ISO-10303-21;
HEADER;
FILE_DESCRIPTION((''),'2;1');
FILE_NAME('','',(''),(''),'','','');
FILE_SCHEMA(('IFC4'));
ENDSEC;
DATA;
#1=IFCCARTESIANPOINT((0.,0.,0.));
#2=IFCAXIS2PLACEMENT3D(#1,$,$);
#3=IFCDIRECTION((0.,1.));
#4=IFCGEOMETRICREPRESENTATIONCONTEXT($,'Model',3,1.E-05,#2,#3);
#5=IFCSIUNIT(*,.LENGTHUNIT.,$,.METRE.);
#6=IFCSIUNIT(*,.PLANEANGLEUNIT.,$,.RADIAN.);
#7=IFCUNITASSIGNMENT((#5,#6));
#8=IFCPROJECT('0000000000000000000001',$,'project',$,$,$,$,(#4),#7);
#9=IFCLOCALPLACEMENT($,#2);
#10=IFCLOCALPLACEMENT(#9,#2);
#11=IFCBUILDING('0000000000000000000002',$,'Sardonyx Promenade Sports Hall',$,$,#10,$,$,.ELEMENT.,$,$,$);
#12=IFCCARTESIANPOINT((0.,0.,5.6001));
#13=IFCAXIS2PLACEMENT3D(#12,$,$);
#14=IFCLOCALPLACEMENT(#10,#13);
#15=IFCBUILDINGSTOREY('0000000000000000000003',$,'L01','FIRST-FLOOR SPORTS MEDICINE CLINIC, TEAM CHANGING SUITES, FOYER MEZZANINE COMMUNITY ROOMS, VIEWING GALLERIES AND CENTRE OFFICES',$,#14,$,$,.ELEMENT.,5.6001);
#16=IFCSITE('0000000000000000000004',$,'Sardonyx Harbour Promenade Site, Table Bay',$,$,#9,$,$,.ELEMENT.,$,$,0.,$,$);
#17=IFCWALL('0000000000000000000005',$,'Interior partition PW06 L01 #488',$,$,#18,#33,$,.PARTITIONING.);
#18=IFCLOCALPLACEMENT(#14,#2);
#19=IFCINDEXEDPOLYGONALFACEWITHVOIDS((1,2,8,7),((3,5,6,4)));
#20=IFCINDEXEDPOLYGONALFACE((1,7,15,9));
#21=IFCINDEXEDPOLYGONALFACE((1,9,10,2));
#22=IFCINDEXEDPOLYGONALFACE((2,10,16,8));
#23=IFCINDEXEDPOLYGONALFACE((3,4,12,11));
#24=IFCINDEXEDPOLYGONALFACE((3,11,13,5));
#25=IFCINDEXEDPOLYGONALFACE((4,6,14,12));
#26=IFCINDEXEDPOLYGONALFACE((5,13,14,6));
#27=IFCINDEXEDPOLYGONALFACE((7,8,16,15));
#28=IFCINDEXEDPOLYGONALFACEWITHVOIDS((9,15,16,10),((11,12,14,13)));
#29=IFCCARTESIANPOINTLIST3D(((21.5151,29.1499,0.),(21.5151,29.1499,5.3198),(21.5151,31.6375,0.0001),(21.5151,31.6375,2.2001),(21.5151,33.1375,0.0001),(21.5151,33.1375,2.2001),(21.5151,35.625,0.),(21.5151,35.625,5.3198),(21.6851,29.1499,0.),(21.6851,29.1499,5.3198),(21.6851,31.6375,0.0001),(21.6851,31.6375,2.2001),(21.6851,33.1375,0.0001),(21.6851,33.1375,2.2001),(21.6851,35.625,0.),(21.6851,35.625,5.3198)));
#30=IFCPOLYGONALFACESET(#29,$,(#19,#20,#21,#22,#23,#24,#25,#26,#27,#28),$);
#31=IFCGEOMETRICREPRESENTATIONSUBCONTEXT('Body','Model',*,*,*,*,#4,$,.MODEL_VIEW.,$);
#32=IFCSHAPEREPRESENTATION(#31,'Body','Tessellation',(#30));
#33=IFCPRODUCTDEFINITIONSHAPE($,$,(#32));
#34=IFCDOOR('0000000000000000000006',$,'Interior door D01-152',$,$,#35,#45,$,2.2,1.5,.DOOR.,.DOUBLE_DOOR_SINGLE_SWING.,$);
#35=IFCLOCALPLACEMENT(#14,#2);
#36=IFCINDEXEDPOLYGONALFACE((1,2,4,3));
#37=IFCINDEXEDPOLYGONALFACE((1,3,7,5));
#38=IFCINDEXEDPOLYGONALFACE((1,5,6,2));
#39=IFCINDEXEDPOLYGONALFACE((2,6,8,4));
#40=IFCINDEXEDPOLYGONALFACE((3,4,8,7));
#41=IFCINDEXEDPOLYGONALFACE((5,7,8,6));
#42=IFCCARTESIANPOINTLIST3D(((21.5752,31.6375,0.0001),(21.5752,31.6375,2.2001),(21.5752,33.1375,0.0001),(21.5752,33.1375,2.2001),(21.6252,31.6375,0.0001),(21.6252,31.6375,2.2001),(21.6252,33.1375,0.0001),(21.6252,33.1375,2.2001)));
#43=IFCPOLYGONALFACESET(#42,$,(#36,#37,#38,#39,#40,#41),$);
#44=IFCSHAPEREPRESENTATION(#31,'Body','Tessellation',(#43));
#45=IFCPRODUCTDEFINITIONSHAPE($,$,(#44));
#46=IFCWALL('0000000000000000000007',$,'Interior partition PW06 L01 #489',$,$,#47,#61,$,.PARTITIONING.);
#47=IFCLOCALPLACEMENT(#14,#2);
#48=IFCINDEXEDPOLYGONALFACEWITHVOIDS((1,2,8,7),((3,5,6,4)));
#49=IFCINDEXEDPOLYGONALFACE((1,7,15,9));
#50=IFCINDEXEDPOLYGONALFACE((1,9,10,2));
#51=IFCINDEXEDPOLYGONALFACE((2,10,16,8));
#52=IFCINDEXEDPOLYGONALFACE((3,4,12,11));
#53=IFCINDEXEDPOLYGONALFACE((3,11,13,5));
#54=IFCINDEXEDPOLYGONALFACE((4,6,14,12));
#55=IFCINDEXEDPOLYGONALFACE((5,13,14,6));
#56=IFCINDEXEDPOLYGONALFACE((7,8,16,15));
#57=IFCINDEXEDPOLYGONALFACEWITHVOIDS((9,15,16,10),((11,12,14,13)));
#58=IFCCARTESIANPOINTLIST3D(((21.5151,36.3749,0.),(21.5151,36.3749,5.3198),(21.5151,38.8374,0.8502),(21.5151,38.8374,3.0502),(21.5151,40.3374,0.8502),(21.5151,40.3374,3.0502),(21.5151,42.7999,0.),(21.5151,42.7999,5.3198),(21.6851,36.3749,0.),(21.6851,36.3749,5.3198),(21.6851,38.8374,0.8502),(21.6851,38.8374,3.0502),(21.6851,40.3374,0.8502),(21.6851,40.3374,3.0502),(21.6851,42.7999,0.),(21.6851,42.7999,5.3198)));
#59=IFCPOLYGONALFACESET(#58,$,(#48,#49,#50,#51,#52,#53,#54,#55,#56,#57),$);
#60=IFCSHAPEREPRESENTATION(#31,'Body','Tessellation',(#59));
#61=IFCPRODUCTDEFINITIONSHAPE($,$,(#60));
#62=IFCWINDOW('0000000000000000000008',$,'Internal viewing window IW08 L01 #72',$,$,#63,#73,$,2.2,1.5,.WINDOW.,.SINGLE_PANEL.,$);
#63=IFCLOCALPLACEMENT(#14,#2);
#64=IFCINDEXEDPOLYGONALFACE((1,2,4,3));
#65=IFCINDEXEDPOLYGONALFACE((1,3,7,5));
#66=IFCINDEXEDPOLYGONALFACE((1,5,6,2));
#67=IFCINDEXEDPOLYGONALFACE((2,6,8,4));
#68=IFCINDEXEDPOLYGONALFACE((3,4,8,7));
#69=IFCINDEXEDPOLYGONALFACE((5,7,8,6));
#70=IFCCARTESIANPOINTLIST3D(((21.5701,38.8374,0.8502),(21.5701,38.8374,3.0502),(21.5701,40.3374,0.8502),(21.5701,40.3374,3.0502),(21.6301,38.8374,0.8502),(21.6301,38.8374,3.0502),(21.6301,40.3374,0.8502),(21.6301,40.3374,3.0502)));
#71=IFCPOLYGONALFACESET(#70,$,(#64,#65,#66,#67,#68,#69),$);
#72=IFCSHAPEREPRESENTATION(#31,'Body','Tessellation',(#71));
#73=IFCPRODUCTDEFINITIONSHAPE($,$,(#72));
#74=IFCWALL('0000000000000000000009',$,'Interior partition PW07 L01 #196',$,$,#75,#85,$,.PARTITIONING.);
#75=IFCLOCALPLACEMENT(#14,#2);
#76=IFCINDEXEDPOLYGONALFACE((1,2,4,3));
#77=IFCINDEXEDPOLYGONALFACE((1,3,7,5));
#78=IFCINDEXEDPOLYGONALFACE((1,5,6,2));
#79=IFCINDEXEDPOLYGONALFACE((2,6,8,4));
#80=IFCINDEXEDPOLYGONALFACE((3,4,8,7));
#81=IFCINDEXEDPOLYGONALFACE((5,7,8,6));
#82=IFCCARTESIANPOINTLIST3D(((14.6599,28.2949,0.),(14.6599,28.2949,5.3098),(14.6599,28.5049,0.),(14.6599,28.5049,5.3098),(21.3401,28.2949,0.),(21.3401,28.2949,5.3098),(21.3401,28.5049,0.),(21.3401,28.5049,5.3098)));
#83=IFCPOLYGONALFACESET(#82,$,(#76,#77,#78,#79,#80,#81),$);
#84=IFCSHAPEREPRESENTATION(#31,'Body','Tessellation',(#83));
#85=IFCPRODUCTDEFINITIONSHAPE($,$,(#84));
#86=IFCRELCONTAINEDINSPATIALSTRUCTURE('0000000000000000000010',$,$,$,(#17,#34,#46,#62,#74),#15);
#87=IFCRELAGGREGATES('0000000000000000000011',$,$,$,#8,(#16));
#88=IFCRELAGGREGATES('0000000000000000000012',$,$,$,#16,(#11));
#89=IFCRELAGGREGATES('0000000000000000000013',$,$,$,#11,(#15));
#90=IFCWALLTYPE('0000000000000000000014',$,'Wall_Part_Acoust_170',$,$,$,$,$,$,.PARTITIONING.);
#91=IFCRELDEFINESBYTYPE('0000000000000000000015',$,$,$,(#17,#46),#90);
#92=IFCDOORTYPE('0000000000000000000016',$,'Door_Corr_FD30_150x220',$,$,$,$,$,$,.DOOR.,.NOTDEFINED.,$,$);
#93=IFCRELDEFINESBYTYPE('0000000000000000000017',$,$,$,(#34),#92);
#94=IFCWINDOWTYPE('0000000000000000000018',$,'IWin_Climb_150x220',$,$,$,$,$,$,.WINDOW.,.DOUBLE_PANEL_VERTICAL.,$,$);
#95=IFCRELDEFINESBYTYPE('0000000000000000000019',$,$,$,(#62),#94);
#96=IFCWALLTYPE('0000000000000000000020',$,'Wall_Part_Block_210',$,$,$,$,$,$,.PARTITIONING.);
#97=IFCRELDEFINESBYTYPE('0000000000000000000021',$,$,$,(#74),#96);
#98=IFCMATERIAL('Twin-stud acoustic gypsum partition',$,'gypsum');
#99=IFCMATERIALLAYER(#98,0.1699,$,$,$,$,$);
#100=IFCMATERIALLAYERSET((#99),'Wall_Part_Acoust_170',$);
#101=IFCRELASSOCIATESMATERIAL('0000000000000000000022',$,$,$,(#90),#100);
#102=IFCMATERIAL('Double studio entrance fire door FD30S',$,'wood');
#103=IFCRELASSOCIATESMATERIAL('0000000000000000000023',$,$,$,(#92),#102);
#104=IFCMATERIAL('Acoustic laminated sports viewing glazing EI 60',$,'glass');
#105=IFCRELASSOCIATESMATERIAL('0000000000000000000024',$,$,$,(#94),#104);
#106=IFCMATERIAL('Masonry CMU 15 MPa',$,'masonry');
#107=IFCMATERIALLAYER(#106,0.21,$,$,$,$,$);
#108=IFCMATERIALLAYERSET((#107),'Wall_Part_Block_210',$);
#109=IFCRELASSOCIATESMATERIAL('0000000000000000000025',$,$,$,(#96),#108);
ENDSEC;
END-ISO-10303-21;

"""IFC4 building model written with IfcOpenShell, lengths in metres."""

from ifc_helpers import new_model, si_unit, direction, frame, frame_2d, origin, place, context, subcontext, project, spatial, rectangle, extrude, material, layer, layer_set, type_object, element, fill, save


model = new_model("IFC4")

# Units and contexts
model_context = context("Model", 3, precision=1e-05, world=origin(), true_north=direction((0.0, 1.0)))
body_context = subcontext(model_context, "Body", "Model", "MODEL_VIEW")
ifc_project = project(units=[si_unit("LENGTHUNIT", "METRE"), si_unit("PLANEANGLEUNIT", "RADIAN")], contexts=[model_context])

# Site, building, storey
site_placement = place(None, origin())
site = spatial("IfcSite", under=ifc_project, at=site_placement, Name="Sardonyx Harbour Promenade Site, Table Bay", CompositionType="ELEMENT", RefElevation=0.0)
building_placement = place(site_placement, origin())
building = spatial("IfcBuilding", under=site, at=building_placement, Name="Sardonyx Promenade Sports Hall", CompositionType="ELEMENT")
storey_placement = place(building_placement, frame((0.0, 0.0, 5.6001)))
storey = spatial("IfcBuildingStorey", under=building, at=storey_placement, Name="L01", Description="FIRST-FLOOR SPORTS MEDICINE CLINIC, TEAM CHANGING SUITES, FOYER MEZZANINE COMMUNITY ROOMS, VIEWING GALLERIES AND CENTRE OFFICES", CompositionType="ELEMENT", Elevation=5.6001)

# Wall, opening, door
ifc_material_1 = material(Name="Twin-stud acoustic gypsum partition", Category="gypsum")
ifc_layer_1 = layer(ifc_material_1, 0.1699)
ifc_layer_set_1 = layer_set([ifc_layer_1], Name="Wall_Part_Acoust_170")
wall_type_1 = type_object("IfcWallType", Name="Wall_Part_Acoust_170", PredefinedType="PARTITIONING", material=ifc_layer_set_1)
wall_1_placement = place(storey_placement, frame((21.6001, 29.1499, 0.0), z_axis=(0.0, 0.0, 1.0), x_axis=(0.0, 1.0, 0.0)))
wall_1 = element("IfcWall", 1, at=wall_1_placement, inside=storey, type_object=wall_type_1, Name="Interior partition PW06 L01 #488", PredefinedType="PARTITIONING", context=body_context, shape_type="SweptSolid", body=[
    extrude(rectangle(XDim=6.4751, YDim=0.1699, at=frame_2d((3.2375, 0.0))), origin(), (0.0, 0.0, 1.0), 5.3198),
])
opening_1_placement = place(wall_1_placement, frame((2.4875, 0.0, 0.0)))
opening_1 = element("IfcOpeningElement", 2, at=opening_1_placement, cuts=wall_1, PredefinedType="OPENING", context=body_context, shape_type="SweptSolid", body=[
    extrude(rectangle(XDim=1.5, YDim=2.2, at=frame_2d((0.75, 1.1001))), frame((0.0, 0.095, 0.0), z_axis=(0.0, -1.0, 0.0), x_axis=(1.0, 0.0, 0.0)), (0.0, 0.0, 1.0), 0.19),
])
ifc_material_2 = material(Name="Double studio entrance fire door FD30S", Category="wood")
door_type = type_object("IfcDoorType", Name="Door_Corr_FD30_150x220", OperationType="NOTDEFINED", PredefinedType="DOOR", material=ifc_material_2)
door_placement = place(opening_1_placement, origin())
door = element("IfcDoor", 3, at=door_placement, inside=storey, type_object=door_type, Name="Interior door D01-152", OperationType="DOUBLE_DOOR_SINGLE_SWING", OverallHeight=2.2, OverallWidth=1.5, PredefinedType="DOOR", context=body_context, shape_type="SweptSolid", body=[
    extrude(rectangle(XDim=1.5, YDim=2.2, at=frame_2d((0.75, 1.1001))), frame((0.0, 0.0249, 0.0), z_axis=(0.0, -1.0, 0.0), x_axis=(1.0, 0.0, 0.0)), (0.0, 0.0, 1.0), 0.05),
])
fill(opening_1, door)

# Wall, opening, window
wall_2_placement = place(storey_placement, frame((21.6001, 36.375, 0.0), z_axis=(0.0, 0.0, 1.0), x_axis=(0.0, 1.0, 0.0)))
wall_2 = element("IfcWall", 4, at=wall_2_placement, inside=storey, type_object=wall_type_1, Name="Interior partition PW06 L01 #489", PredefinedType="PARTITIONING", context=body_context, shape_type="SweptSolid", body=[
    extrude(rectangle(XDim=6.425, YDim=0.1699, at=frame_2d((3.2124, 0.0))), origin(), (0.0, 0.0, 1.0), 5.3198),
])
opening_2_placement = place(wall_2_placement, frame((2.4624, 0.0, 0.8501)))
opening_2 = element("IfcOpeningElement", 5, at=opening_2_placement, cuts=wall_2, PredefinedType="OPENING", context=body_context, shape_type="SweptSolid", body=[
    extrude(rectangle(XDim=1.5, YDim=2.2, at=frame_2d((0.75, 1.1001))), frame((0.0, 0.095, 0.0), z_axis=(0.0, -1.0, 0.0), x_axis=(1.0, 0.0, 0.0)), (0.0, 0.0, 1.0), 0.19),
])
ifc_material_3 = material(Name="Acoustic laminated sports viewing glazing EI 60", Category="glass")
window_type_1 = type_object("IfcWindowType", Name="IWin_Climb_150x220", PartitioningType="DOUBLE_PANEL_VERTICAL", PredefinedType="WINDOW", material=ifc_material_3)
window_1_placement = place(opening_2_placement, origin())
window_1 = element("IfcWindow", 6, at=window_1_placement, inside=storey, type_object=window_type_1, Name="Internal viewing window IW08 L01 #72", OverallHeight=2.2, OverallWidth=1.5, PartitioningType="SINGLE_PANEL", PredefinedType="WINDOW", context=body_context, shape_type="SweptSolid", body=[
    extrude(rectangle(XDim=1.5, YDim=2.2, at=frame_2d((0.75, 1.1001))), frame((0.0, 0.03, 0.0), z_axis=(0.0, -1.0, 0.0), x_axis=(1.0, 0.0, 0.0)), (0.0, 0.0, 1.0), 0.0601),
])
fill(opening_2, window_1)

# Wall
ifc_material_4 = material(Name="Masonry CMU 15 MPa", Category="masonry")
ifc_layer_2 = layer(ifc_material_4, 0.21)
ifc_layer_set_2 = layer_set([ifc_layer_2], Name="Wall_Part_Block_210")
wall_type_2 = type_object("IfcWallType", Name="Wall_Part_Block_210", PredefinedType="PARTITIONING", material=ifc_layer_set_2)
wall_3_placement = place(storey_placement, frame((14.6599, 28.3999, 0.0), z_axis=(0.0, 0.0, 1.0), x_axis=(1.0, 0.0, 0.0)))
element("IfcWall", 7, at=wall_3_placement, inside=storey, type_object=wall_type_2, Name="Interior partition PW07 L01 #196", PredefinedType="PARTITIONING", context=body_context, shape_type="SweptSolid", body=[
    extrude(rectangle(XDim=6.6802, YDim=0.21, at=frame_2d((3.3401, 0.0))), origin(), (0.0, 0.0, 1.0), 5.3098),
])

save(model, "model.ifc")
